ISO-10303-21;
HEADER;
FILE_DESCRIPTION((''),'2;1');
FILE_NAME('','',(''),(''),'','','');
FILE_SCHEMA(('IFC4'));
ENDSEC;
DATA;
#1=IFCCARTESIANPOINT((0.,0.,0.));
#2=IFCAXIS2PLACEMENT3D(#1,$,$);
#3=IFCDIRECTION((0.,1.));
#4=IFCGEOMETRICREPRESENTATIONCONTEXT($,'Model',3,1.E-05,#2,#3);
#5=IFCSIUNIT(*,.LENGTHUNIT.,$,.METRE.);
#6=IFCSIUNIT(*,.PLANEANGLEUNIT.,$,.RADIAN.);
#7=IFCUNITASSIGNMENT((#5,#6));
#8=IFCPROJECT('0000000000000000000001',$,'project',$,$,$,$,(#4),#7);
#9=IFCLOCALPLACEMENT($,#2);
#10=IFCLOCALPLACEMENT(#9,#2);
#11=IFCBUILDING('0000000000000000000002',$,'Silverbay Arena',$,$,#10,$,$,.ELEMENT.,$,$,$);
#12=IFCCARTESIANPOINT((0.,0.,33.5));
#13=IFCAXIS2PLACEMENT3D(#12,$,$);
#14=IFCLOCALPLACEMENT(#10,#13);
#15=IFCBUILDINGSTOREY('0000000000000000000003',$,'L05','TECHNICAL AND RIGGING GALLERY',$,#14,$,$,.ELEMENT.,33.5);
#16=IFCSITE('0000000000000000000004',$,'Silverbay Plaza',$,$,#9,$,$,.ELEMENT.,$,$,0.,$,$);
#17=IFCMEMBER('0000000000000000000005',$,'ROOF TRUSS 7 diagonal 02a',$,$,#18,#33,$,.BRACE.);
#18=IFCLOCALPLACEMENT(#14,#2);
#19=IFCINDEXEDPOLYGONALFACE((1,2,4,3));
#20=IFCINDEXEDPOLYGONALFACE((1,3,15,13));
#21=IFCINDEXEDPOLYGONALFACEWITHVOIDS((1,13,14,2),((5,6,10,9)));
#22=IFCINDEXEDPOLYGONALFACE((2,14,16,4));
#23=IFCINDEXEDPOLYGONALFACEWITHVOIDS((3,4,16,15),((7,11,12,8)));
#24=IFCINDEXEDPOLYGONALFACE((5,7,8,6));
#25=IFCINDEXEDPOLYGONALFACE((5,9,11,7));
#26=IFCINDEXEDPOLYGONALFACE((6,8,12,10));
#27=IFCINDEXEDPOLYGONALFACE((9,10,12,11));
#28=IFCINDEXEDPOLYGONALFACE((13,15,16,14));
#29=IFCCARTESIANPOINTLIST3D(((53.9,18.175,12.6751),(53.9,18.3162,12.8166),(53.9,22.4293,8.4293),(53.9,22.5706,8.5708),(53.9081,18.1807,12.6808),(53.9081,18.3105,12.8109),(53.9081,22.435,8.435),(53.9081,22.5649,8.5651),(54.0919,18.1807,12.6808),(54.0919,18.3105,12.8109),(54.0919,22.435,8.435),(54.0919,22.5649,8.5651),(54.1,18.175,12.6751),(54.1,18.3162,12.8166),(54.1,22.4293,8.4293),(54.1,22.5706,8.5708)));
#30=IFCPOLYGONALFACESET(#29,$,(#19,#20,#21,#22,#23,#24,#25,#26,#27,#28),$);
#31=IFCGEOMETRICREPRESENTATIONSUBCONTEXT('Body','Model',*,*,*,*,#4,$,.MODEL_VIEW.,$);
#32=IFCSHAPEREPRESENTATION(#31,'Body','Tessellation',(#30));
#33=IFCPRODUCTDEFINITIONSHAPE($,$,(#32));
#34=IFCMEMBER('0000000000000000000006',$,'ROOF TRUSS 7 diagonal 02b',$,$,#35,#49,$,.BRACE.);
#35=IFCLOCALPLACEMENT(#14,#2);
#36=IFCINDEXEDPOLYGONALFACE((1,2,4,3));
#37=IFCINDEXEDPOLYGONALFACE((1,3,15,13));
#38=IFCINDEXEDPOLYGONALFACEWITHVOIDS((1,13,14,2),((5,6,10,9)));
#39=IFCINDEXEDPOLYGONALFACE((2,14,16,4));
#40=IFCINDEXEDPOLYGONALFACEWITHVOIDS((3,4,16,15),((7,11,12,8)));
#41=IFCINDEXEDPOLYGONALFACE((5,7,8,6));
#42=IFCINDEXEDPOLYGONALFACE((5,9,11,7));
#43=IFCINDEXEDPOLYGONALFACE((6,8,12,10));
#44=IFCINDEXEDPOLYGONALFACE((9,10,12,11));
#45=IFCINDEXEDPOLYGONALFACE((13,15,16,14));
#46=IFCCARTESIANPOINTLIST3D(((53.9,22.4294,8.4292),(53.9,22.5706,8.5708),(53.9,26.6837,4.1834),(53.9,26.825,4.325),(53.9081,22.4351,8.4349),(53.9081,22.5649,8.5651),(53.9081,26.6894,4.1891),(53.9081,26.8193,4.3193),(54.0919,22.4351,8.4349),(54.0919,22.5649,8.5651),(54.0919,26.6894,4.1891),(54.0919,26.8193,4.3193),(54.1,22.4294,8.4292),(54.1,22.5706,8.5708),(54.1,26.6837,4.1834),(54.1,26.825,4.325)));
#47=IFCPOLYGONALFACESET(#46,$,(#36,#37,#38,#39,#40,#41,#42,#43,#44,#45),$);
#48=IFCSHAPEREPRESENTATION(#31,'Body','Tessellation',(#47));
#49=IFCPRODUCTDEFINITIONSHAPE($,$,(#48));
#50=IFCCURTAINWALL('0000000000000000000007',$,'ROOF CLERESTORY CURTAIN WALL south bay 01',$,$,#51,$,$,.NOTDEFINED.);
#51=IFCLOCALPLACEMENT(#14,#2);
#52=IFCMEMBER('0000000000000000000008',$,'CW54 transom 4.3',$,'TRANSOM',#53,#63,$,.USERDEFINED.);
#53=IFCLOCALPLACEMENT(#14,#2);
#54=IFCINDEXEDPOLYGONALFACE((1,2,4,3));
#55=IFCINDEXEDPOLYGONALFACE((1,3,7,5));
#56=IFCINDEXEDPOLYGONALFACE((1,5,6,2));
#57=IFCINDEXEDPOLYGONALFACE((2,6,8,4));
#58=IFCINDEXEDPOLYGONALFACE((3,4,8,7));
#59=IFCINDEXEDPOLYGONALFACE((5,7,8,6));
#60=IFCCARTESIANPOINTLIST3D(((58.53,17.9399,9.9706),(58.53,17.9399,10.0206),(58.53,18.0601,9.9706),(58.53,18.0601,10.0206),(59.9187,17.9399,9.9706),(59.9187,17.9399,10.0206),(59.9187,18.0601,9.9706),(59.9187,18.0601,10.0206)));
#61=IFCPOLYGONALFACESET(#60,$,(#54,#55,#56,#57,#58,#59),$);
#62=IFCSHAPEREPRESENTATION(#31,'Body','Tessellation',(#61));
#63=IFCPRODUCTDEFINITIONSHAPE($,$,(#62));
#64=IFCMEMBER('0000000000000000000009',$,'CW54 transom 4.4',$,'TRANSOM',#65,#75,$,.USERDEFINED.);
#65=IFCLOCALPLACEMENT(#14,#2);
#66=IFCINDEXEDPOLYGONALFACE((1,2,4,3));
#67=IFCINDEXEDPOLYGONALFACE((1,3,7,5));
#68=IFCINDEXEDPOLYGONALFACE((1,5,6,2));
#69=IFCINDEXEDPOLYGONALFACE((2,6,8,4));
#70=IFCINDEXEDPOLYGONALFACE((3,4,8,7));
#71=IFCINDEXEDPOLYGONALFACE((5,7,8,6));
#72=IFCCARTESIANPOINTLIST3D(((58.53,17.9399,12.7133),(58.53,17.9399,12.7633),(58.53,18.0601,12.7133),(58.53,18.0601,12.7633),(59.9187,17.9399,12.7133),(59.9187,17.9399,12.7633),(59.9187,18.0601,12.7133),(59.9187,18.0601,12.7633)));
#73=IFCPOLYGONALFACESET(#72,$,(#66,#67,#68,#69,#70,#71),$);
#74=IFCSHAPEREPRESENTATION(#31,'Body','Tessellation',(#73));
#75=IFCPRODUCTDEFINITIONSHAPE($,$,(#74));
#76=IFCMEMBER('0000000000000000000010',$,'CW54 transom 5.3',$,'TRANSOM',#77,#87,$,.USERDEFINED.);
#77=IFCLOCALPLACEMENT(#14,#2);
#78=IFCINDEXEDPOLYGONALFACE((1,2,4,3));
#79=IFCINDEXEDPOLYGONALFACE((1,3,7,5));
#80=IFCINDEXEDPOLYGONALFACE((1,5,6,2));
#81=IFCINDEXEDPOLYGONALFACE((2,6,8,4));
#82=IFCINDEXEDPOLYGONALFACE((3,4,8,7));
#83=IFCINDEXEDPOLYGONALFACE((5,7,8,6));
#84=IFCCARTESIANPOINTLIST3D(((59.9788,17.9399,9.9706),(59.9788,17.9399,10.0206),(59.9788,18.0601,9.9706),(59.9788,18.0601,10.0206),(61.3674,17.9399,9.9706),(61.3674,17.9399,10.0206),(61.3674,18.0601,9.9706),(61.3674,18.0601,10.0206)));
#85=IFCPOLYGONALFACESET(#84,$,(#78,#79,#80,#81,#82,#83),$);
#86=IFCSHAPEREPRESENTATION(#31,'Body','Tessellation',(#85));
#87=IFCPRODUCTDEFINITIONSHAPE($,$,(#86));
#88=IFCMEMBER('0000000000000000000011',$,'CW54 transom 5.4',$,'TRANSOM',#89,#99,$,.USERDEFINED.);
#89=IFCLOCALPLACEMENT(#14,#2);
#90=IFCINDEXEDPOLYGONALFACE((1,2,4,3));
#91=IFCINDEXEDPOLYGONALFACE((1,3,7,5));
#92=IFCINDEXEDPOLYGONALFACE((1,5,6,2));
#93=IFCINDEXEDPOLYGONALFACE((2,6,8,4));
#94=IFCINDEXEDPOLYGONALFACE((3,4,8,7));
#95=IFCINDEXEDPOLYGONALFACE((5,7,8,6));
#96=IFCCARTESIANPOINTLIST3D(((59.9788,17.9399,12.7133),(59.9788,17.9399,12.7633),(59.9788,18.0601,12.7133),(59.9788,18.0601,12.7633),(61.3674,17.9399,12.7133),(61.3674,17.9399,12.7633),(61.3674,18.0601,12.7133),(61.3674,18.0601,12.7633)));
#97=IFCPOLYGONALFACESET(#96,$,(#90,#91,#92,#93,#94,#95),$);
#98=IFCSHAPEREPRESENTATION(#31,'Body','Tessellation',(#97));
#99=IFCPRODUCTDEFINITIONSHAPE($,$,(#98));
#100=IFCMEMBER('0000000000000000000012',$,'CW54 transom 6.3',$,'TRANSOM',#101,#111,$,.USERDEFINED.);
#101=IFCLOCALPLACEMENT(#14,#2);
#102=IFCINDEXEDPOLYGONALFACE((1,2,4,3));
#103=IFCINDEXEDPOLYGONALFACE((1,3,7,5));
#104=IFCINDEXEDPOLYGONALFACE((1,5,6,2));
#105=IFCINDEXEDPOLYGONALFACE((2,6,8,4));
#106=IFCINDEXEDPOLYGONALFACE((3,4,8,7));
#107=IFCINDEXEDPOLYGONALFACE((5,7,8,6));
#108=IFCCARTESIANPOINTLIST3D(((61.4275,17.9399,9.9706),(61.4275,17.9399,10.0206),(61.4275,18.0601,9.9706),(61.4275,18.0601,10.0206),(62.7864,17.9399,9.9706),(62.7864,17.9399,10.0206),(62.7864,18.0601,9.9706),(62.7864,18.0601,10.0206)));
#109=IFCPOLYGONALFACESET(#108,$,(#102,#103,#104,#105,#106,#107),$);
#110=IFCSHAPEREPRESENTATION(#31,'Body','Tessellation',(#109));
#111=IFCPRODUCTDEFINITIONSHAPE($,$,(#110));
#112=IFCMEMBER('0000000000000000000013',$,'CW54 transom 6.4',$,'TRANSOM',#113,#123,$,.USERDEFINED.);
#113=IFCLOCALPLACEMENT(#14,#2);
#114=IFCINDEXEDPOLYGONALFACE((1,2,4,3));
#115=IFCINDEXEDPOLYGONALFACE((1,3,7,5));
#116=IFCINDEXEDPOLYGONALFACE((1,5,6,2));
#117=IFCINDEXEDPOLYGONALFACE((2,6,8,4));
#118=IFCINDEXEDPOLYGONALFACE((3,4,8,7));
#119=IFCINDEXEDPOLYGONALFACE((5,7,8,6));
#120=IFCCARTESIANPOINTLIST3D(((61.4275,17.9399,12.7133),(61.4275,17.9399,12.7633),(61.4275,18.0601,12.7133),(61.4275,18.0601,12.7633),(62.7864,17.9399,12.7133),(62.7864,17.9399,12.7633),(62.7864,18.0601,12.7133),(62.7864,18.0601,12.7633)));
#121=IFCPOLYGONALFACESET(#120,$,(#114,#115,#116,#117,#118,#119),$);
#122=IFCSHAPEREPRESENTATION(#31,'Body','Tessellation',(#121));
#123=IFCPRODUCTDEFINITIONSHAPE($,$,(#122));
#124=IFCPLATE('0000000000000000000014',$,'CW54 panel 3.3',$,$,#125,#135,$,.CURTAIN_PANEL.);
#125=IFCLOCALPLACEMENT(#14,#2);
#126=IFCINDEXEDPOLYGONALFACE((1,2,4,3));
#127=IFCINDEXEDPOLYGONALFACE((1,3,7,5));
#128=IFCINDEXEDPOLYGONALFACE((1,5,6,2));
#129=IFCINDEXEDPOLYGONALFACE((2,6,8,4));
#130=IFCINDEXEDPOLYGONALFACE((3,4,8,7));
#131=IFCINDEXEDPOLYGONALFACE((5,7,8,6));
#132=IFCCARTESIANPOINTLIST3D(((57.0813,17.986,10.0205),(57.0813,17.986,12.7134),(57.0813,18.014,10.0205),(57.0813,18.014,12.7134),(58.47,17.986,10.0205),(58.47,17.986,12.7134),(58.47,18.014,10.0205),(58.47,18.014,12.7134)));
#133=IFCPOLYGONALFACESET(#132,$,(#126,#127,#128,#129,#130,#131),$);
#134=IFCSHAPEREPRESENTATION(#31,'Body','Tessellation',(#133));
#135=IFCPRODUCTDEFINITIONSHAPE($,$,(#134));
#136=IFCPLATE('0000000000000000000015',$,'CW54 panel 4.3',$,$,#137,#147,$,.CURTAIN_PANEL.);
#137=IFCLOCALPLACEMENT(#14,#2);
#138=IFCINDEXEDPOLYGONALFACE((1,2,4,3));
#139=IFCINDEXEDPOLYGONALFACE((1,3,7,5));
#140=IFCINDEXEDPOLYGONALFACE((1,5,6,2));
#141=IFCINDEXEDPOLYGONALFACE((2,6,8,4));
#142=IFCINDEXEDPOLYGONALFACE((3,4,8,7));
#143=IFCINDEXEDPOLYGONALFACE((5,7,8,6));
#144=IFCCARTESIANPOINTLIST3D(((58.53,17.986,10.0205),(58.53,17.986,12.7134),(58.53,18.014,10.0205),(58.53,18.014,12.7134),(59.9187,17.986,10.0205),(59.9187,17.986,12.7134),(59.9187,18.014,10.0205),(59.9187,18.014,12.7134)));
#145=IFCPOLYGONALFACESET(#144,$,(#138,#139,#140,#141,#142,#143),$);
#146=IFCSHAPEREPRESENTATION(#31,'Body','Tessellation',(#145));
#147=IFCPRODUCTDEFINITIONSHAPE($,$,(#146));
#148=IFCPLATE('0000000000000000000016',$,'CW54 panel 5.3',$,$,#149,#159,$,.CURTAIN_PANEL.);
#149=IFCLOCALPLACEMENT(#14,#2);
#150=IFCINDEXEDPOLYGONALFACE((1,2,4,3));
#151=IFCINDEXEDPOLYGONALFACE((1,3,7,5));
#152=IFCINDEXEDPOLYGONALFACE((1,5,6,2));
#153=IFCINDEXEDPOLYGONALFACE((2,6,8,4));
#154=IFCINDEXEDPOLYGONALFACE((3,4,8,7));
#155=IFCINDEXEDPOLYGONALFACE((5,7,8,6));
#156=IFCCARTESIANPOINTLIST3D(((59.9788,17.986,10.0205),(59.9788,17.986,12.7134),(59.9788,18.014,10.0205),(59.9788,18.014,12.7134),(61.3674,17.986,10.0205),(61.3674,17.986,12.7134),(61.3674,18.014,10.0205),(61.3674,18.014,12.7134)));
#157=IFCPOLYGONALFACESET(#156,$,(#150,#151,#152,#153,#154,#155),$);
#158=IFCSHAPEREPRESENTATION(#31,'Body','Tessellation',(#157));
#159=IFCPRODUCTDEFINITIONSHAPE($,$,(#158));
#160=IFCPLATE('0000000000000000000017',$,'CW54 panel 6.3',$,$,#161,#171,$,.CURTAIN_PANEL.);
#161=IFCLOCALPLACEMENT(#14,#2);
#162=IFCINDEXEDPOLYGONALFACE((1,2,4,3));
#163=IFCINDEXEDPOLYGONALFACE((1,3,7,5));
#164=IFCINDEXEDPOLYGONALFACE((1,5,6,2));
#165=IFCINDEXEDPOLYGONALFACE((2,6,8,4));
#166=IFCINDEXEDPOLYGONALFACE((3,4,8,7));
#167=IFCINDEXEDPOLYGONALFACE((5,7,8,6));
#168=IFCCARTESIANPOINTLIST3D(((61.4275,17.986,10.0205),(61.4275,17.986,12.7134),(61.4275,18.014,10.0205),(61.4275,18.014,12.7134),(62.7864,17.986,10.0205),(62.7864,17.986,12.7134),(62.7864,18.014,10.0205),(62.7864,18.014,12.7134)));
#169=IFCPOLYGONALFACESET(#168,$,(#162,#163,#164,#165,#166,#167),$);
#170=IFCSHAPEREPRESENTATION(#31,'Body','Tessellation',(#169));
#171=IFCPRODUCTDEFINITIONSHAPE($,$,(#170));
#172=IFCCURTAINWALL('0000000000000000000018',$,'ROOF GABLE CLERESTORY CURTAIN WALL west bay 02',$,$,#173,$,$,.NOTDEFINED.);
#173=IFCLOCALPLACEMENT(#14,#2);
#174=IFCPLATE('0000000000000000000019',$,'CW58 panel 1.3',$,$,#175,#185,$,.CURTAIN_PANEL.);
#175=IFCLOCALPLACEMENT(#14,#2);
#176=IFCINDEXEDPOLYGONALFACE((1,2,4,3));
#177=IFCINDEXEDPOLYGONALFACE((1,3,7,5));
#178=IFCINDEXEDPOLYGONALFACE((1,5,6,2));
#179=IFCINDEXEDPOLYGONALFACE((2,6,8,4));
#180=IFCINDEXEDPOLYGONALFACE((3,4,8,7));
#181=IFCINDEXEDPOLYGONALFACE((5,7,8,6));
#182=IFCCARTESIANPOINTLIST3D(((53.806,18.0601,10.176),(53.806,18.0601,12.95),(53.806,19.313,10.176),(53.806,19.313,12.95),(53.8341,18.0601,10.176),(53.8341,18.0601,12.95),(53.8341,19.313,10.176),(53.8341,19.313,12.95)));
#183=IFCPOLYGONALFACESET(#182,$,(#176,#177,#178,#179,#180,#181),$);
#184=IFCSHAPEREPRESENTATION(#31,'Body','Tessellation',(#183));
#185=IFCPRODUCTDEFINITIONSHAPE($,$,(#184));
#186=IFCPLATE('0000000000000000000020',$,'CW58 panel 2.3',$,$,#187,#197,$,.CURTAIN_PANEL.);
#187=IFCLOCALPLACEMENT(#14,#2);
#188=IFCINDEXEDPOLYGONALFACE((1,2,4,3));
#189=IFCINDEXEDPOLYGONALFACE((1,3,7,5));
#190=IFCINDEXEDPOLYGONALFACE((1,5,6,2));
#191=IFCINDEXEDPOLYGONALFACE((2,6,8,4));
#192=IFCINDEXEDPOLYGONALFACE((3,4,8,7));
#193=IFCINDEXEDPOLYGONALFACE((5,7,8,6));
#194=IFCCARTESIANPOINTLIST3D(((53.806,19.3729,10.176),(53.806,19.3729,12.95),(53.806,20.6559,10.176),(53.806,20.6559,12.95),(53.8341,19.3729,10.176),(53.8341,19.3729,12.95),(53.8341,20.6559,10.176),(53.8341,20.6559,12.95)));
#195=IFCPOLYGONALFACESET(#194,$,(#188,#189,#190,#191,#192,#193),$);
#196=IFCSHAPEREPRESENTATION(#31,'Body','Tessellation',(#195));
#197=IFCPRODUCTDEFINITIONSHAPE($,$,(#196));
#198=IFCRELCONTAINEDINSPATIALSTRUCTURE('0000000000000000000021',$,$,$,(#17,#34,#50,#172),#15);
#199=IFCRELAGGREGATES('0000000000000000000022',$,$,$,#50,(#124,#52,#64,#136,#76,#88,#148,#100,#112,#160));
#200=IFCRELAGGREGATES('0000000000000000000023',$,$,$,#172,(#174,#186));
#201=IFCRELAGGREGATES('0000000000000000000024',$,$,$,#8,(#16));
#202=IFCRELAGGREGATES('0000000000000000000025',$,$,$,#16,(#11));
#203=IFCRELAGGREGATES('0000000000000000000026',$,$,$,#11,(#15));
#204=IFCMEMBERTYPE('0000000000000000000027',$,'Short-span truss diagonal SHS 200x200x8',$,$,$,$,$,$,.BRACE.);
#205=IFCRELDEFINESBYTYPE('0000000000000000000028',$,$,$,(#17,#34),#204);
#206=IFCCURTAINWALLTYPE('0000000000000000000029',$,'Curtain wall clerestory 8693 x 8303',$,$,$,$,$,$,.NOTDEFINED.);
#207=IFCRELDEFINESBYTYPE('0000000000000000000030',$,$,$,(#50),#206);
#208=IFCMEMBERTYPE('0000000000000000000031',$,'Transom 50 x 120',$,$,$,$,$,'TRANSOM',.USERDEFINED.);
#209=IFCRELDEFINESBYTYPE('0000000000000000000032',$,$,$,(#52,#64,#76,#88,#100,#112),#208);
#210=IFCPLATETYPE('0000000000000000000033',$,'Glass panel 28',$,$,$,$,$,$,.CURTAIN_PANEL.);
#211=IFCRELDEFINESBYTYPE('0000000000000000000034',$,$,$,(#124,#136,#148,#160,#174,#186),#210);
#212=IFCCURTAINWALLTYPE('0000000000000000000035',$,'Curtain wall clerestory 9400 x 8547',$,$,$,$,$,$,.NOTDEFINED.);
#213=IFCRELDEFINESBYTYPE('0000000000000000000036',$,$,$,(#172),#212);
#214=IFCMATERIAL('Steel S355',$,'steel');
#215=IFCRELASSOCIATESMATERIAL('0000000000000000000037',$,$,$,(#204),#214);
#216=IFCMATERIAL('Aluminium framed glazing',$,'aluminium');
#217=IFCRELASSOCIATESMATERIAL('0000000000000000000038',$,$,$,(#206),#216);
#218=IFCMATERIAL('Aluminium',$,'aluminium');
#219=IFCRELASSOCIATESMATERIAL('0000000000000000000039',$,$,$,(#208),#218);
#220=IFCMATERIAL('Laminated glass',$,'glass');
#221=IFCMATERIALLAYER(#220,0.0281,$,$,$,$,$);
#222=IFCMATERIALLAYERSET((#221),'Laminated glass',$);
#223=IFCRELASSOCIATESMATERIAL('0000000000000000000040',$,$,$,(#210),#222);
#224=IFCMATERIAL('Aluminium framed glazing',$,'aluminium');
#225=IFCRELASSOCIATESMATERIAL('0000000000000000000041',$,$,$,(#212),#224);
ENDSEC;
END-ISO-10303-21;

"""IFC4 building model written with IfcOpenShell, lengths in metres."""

from ifc_helpers import new_model, si_unit, direction, frame, origin, origin_2d, place, context, subcontext, project, spatial, rectangle, hollow_rectangle, extrude, material, layer, layer_set, material_profile, profile_set, type_object, element, aggregate, save


model = new_model("IFC4")

# Units and contexts
model_context = context("Model", 3, precision=1e-05, world=origin(), true_north=direction((0.0, 1.0)))
body_context = subcontext(model_context, "Body", "Model", "MODEL_VIEW")
ifc_project = project(units=[si_unit("LENGTHUNIT", "METRE"), si_unit("PLANEANGLEUNIT", "RADIAN")], contexts=[model_context])

# Site, building, storey
site_placement = place(None, origin())
site = spatial("IfcSite", under=ifc_project, at=site_placement, Name="Silverbay Plaza", CompositionType="ELEMENT", RefElevation=0.0)
building_placement = place(site_placement, origin())
building = spatial("IfcBuilding", under=site, at=building_placement, Name="Silverbay Arena", CompositionType="ELEMENT")
storey_placement = place(building_placement, frame((0.0, 0.0, 33.5)))
storey = spatial("IfcBuildingStorey", under=building, at=storey_placement, Name="L05", Description="TECHNICAL AND RIGGING GALLERY", CompositionType="ELEMENT", Elevation=33.5)

# Members
ifc_material_1 = material(Name="Steel S355", Category="steel")
ifc_material_profile_1 = material_profile(ifc_material_1, hollow_rectangle(XDim=0.2, YDim=0.2, WallThickness=0.0081, at=origin_2d()), Name="SHS 200x200x8")
ifc_profile_set_1 = profile_set([ifc_material_profile_1], Name="Steel S355")
member_type_1 = type_object("IfcMemberType", Name="Short-span truss diagonal SHS 200x200x8", PredefinedType="BRACE", material=ifc_profile_set_1)
for number, where, z_axis, x_axis, name in (
    (1, (54.0, 18.2456, 12.7458), (0.0, 0.707817, -0.706396), (-1.0, 0.0, 0.0), "ROOF TRUSS 7 diagonal 02a"),
    (2, (54.0, 22.5, 8.5), (0.0, 0.707817, -0.706396), (-1.0, 0.0, 0.0), "ROOF TRUSS 7 diagonal 02b"),
):
    element("IfcMember", number, at=place(storey_placement, frame(where, z_axis=z_axis, x_axis=x_axis)), inside=storey, type_object=member_type_1, Name=name, PredefinedType="BRACE", context=body_context, shape_type="SweptSolid", body=[
        extrude(hollow_rectangle(XDim=0.2, YDim=0.2, WallThickness=0.0081, at=origin_2d()), origin(), (0.0, 0.0, 1.0), 6.0105),
    ])

# Curtain wall, members, plates
ifc_material_2 = material(Name="Aluminium framed glazing", Category="aluminium")
curtain_wall_type_1 = type_object("IfcCurtainWallType", Name="Curtain wall clerestory 8693 x 8303", PredefinedType="NOTDEFINED", material=ifc_material_2)
curtain_wall_1_placement = place(storey_placement, origin())
curtain_wall_1 = element("IfcCurtainWall", 3, at=curtain_wall_1_placement, inside=storey, type_object=curtain_wall_type_1, Name="ROOF CLERESTORY CURTAIN WALL south bay 01", PredefinedType="NOTDEFINED")
ifc_material_3 = material(Name="Aluminium", Category="aluminium")
ifc_material_profile_2 = material_profile(ifc_material_3, rectangle(XDim=0.1201, YDim=0.05, at=origin_2d()), Name="Transom 50 x 120")
ifc_profile_set_2 = profile_set([ifc_material_profile_2], Name="Aluminium")
member_type_2 = type_object("IfcMemberType", Name="Transom 50 x 120", ElementType="TRANSOM", PredefinedType="USERDEFINED", material=ifc_profile_set_2)
member_1_placement = place(storey_placement, frame((58.53, 18.0, 9.9956), z_axis=(1.0, 0.0, 0.0), x_axis=(0.0, 1.0, 0.0)))
member_1 = element("IfcMember", 4, at=member_1_placement, type_object=member_type_2, Name="CW54 transom 4.3", ObjectType="TRANSOM", PredefinedType="USERDEFINED", context=body_context, shape_type="SweptSolid", body=[
    extrude(rectangle(XDim=0.1201, YDim=0.05, at=origin_2d()), origin(), (0.0, 0.0, 1.0), 1.3887),
])
member_2_placement = place(storey_placement, frame((58.53, 18.0, 12.7383), z_axis=(1.0, 0.0, 0.0), x_axis=(0.0, 1.0, 0.0)))
member_2 = element("IfcMember", 5, at=member_2_placement, type_object=member_type_2, Name="CW54 transom 4.4", ObjectType="TRANSOM", PredefinedType="USERDEFINED", context=body_context, shape_type="SweptSolid", body=[
    extrude(rectangle(XDim=0.1201, YDim=0.05, at=origin_2d()), origin(), (0.0, 0.0, 1.0), 1.3887),
])
member_3_placement = place(storey_placement, frame((59.9788, 18.0, 9.9956), z_axis=(1.0, 0.0, 0.0), x_axis=(0.0, 1.0, 0.0)))
member_3 = element("IfcMember", 6, at=member_3_placement, type_object=member_type_2, Name="CW54 transom 5.3", ObjectType="TRANSOM", PredefinedType="USERDEFINED", context=body_context, shape_type="SweptSolid", body=[
    extrude(rectangle(XDim=0.1201, YDim=0.05, at=origin_2d()), origin(), (0.0, 0.0, 1.0), 1.3887),
])
member_4_placement = place(storey_placement, frame((59.9788, 18.0, 12.7383), z_axis=(1.0, 0.0, 0.0), x_axis=(0.0, 1.0, 0.0)))
member_4 = element("IfcMember", 7, at=member_4_placement, type_object=member_type_2, Name="CW54 transom 5.4", ObjectType="TRANSOM", PredefinedType="USERDEFINED", context=body_context, shape_type="SweptSolid", body=[
    extrude(rectangle(XDim=0.1201, YDim=0.05, at=origin_2d()), origin(), (0.0, 0.0, 1.0), 1.3887),
])
member_5_placement = place(storey_placement, frame((61.4275, 18.0, 9.9956), z_axis=(1.0, 0.0, 0.0), x_axis=(0.0, 1.0, 0.0)))
member_5 = element("IfcMember", 8, at=member_5_placement, type_object=member_type_2, Name="CW54 transom 6.3", ObjectType="TRANSOM", PredefinedType="USERDEFINED", context=body_context, shape_type="SweptSolid", body=[
    extrude(rectangle(XDim=0.1201, YDim=0.05, at=origin_2d()), origin(), (0.0, 0.0, 1.0), 1.3589),
])
member_6_placement = place(storey_placement, frame((61.4275, 18.0, 12.7383), z_axis=(1.0, 0.0, 0.0), x_axis=(0.0, 1.0, 0.0)))
member_6 = element("IfcMember", 9, at=member_6_placement, type_object=member_type_2, Name="CW54 transom 6.4", ObjectType="TRANSOM", PredefinedType="USERDEFINED", context=body_context, shape_type="SweptSolid", body=[
    extrude(rectangle(XDim=0.1201, YDim=0.05, at=origin_2d()), origin(), (0.0, 0.0, 1.0), 1.3589),
])
ifc_material_4 = material(Name="Laminated glass", Category="glass")
ifc_layer = layer(ifc_material_4, 0.0281)
ifc_layer_set = layer_set([ifc_layer], Name="Laminated glass")
plate_type = type_object("IfcPlateType", Name="Glass panel 28", PredefinedType="CURTAIN_PANEL", material=ifc_layer_set)
plate_1_placement = place(storey_placement, frame((57.7756, 18.0, 10.0205), z_axis=(0.0, 0.0, 1.0), x_axis=(1.0, 0.0, 0.0)))
plate_1 = element("IfcPlate", 10, at=plate_1_placement, type_object=plate_type, Name="CW54 panel 3.3", PredefinedType="CURTAIN_PANEL", context=body_context, shape_type="SweptSolid", body=[
    extrude(rectangle(XDim=1.3887, YDim=0.0281, at=origin_2d()), origin(), (0.0, 0.0, 1.0), 2.6929),
])
plate_2_placement = place(storey_placement, frame((59.2244, 18.0, 10.0205), z_axis=(0.0, 0.0, 1.0), x_axis=(1.0, 0.0, 0.0)))
plate_2 = element("IfcPlate", 11, at=plate_2_placement, type_object=plate_type, Name="CW54 panel 4.3", PredefinedType="CURTAIN_PANEL", context=body_context, shape_type="SweptSolid", body=[
    extrude(rectangle(XDim=1.3887, YDim=0.0281, at=origin_2d()), origin(), (0.0, 0.0, 1.0), 2.6929),
])
plate_3_placement = place(storey_placement, frame((60.6731, 18.0, 10.0205), z_axis=(0.0, 0.0, 1.0), x_axis=(1.0, 0.0, 0.0)))
plate_3 = element("IfcPlate", 12, at=plate_3_placement, type_object=plate_type, Name="CW54 panel 5.3", PredefinedType="CURTAIN_PANEL", context=body_context, shape_type="SweptSolid", body=[
    extrude(rectangle(XDim=1.3887, YDim=0.0281, at=origin_2d()), origin(), (0.0, 0.0, 1.0), 2.6929),
])
plate_4_placement = place(storey_placement, frame((62.1069, 18.0, 10.0205), z_axis=(0.0, 0.0, 1.0), x_axis=(1.0, 0.0, 0.0)))
plate_4 = element("IfcPlate", 13, at=plate_4_placement, type_object=plate_type, Name="CW54 panel 6.3", PredefinedType="CURTAIN_PANEL", context=body_context, shape_type="SweptSolid", body=[
    extrude(rectangle(XDim=1.3589, YDim=0.0281, at=origin_2d()), origin(), (0.0, 0.0, 1.0), 2.6929),
])
aggregate(curtain_wall_1, [plate_1, member_1, member_2, plate_2, member_3, member_4, plate_3, member_5, member_6, plate_4])

# Curtain wall, plates
ifc_material_5 = material(Name="Aluminium framed glazing", Category="aluminium")
curtain_wall_type_2 = type_object("IfcCurtainWallType", Name="Curtain wall clerestory 9400 x 8547", PredefinedType="NOTDEFINED", material=ifc_material_5)
curtain_wall_2_placement = place(storey_placement, origin())
curtain_wall_2 = element("IfcCurtainWall", 14, at=curtain_wall_2_placement, inside=storey, type_object=curtain_wall_type_2, Name="ROOF GABLE CLERESTORY CURTAIN WALL west bay 02", PredefinedType="NOTDEFINED")
plate_5_placement = place(storey_placement, frame((53.8201, 18.6865, 10.176), z_axis=(0.0, 0.0, 1.0), x_axis=(0.0, 1.0, 0.0)))
plate_5 = element("IfcPlate", 15, at=plate_5_placement, type_object=plate_type, Name="CW58 panel 1.3", PredefinedType="CURTAIN_PANEL", context=body_context, shape_type="SweptSolid", body=[
    extrude(rectangle(XDim=1.2529, YDim=0.0281, at=origin_2d()), origin(), (0.0, 0.0, 1.0), 2.7739),
])
plate_6_placement = place(storey_placement, frame((53.8201, 20.0144, 10.176), z_axis=(0.0, 0.0, 1.0), x_axis=(0.0, 1.0, 0.0)))
plate_6 = element("IfcPlate", 16, at=plate_6_placement, type_object=plate_type, Name="CW58 panel 2.3", PredefinedType="CURTAIN_PANEL", context=body_context, shape_type="SweptSolid", body=[
    extrude(rectangle(XDim=1.283, YDim=0.0281, at=origin_2d()), origin(), (0.0, 0.0, 1.0), 2.7739),
])
aggregate(curtain_wall_2, [plate_5, plate_6])

save(model, "model.ifc")
